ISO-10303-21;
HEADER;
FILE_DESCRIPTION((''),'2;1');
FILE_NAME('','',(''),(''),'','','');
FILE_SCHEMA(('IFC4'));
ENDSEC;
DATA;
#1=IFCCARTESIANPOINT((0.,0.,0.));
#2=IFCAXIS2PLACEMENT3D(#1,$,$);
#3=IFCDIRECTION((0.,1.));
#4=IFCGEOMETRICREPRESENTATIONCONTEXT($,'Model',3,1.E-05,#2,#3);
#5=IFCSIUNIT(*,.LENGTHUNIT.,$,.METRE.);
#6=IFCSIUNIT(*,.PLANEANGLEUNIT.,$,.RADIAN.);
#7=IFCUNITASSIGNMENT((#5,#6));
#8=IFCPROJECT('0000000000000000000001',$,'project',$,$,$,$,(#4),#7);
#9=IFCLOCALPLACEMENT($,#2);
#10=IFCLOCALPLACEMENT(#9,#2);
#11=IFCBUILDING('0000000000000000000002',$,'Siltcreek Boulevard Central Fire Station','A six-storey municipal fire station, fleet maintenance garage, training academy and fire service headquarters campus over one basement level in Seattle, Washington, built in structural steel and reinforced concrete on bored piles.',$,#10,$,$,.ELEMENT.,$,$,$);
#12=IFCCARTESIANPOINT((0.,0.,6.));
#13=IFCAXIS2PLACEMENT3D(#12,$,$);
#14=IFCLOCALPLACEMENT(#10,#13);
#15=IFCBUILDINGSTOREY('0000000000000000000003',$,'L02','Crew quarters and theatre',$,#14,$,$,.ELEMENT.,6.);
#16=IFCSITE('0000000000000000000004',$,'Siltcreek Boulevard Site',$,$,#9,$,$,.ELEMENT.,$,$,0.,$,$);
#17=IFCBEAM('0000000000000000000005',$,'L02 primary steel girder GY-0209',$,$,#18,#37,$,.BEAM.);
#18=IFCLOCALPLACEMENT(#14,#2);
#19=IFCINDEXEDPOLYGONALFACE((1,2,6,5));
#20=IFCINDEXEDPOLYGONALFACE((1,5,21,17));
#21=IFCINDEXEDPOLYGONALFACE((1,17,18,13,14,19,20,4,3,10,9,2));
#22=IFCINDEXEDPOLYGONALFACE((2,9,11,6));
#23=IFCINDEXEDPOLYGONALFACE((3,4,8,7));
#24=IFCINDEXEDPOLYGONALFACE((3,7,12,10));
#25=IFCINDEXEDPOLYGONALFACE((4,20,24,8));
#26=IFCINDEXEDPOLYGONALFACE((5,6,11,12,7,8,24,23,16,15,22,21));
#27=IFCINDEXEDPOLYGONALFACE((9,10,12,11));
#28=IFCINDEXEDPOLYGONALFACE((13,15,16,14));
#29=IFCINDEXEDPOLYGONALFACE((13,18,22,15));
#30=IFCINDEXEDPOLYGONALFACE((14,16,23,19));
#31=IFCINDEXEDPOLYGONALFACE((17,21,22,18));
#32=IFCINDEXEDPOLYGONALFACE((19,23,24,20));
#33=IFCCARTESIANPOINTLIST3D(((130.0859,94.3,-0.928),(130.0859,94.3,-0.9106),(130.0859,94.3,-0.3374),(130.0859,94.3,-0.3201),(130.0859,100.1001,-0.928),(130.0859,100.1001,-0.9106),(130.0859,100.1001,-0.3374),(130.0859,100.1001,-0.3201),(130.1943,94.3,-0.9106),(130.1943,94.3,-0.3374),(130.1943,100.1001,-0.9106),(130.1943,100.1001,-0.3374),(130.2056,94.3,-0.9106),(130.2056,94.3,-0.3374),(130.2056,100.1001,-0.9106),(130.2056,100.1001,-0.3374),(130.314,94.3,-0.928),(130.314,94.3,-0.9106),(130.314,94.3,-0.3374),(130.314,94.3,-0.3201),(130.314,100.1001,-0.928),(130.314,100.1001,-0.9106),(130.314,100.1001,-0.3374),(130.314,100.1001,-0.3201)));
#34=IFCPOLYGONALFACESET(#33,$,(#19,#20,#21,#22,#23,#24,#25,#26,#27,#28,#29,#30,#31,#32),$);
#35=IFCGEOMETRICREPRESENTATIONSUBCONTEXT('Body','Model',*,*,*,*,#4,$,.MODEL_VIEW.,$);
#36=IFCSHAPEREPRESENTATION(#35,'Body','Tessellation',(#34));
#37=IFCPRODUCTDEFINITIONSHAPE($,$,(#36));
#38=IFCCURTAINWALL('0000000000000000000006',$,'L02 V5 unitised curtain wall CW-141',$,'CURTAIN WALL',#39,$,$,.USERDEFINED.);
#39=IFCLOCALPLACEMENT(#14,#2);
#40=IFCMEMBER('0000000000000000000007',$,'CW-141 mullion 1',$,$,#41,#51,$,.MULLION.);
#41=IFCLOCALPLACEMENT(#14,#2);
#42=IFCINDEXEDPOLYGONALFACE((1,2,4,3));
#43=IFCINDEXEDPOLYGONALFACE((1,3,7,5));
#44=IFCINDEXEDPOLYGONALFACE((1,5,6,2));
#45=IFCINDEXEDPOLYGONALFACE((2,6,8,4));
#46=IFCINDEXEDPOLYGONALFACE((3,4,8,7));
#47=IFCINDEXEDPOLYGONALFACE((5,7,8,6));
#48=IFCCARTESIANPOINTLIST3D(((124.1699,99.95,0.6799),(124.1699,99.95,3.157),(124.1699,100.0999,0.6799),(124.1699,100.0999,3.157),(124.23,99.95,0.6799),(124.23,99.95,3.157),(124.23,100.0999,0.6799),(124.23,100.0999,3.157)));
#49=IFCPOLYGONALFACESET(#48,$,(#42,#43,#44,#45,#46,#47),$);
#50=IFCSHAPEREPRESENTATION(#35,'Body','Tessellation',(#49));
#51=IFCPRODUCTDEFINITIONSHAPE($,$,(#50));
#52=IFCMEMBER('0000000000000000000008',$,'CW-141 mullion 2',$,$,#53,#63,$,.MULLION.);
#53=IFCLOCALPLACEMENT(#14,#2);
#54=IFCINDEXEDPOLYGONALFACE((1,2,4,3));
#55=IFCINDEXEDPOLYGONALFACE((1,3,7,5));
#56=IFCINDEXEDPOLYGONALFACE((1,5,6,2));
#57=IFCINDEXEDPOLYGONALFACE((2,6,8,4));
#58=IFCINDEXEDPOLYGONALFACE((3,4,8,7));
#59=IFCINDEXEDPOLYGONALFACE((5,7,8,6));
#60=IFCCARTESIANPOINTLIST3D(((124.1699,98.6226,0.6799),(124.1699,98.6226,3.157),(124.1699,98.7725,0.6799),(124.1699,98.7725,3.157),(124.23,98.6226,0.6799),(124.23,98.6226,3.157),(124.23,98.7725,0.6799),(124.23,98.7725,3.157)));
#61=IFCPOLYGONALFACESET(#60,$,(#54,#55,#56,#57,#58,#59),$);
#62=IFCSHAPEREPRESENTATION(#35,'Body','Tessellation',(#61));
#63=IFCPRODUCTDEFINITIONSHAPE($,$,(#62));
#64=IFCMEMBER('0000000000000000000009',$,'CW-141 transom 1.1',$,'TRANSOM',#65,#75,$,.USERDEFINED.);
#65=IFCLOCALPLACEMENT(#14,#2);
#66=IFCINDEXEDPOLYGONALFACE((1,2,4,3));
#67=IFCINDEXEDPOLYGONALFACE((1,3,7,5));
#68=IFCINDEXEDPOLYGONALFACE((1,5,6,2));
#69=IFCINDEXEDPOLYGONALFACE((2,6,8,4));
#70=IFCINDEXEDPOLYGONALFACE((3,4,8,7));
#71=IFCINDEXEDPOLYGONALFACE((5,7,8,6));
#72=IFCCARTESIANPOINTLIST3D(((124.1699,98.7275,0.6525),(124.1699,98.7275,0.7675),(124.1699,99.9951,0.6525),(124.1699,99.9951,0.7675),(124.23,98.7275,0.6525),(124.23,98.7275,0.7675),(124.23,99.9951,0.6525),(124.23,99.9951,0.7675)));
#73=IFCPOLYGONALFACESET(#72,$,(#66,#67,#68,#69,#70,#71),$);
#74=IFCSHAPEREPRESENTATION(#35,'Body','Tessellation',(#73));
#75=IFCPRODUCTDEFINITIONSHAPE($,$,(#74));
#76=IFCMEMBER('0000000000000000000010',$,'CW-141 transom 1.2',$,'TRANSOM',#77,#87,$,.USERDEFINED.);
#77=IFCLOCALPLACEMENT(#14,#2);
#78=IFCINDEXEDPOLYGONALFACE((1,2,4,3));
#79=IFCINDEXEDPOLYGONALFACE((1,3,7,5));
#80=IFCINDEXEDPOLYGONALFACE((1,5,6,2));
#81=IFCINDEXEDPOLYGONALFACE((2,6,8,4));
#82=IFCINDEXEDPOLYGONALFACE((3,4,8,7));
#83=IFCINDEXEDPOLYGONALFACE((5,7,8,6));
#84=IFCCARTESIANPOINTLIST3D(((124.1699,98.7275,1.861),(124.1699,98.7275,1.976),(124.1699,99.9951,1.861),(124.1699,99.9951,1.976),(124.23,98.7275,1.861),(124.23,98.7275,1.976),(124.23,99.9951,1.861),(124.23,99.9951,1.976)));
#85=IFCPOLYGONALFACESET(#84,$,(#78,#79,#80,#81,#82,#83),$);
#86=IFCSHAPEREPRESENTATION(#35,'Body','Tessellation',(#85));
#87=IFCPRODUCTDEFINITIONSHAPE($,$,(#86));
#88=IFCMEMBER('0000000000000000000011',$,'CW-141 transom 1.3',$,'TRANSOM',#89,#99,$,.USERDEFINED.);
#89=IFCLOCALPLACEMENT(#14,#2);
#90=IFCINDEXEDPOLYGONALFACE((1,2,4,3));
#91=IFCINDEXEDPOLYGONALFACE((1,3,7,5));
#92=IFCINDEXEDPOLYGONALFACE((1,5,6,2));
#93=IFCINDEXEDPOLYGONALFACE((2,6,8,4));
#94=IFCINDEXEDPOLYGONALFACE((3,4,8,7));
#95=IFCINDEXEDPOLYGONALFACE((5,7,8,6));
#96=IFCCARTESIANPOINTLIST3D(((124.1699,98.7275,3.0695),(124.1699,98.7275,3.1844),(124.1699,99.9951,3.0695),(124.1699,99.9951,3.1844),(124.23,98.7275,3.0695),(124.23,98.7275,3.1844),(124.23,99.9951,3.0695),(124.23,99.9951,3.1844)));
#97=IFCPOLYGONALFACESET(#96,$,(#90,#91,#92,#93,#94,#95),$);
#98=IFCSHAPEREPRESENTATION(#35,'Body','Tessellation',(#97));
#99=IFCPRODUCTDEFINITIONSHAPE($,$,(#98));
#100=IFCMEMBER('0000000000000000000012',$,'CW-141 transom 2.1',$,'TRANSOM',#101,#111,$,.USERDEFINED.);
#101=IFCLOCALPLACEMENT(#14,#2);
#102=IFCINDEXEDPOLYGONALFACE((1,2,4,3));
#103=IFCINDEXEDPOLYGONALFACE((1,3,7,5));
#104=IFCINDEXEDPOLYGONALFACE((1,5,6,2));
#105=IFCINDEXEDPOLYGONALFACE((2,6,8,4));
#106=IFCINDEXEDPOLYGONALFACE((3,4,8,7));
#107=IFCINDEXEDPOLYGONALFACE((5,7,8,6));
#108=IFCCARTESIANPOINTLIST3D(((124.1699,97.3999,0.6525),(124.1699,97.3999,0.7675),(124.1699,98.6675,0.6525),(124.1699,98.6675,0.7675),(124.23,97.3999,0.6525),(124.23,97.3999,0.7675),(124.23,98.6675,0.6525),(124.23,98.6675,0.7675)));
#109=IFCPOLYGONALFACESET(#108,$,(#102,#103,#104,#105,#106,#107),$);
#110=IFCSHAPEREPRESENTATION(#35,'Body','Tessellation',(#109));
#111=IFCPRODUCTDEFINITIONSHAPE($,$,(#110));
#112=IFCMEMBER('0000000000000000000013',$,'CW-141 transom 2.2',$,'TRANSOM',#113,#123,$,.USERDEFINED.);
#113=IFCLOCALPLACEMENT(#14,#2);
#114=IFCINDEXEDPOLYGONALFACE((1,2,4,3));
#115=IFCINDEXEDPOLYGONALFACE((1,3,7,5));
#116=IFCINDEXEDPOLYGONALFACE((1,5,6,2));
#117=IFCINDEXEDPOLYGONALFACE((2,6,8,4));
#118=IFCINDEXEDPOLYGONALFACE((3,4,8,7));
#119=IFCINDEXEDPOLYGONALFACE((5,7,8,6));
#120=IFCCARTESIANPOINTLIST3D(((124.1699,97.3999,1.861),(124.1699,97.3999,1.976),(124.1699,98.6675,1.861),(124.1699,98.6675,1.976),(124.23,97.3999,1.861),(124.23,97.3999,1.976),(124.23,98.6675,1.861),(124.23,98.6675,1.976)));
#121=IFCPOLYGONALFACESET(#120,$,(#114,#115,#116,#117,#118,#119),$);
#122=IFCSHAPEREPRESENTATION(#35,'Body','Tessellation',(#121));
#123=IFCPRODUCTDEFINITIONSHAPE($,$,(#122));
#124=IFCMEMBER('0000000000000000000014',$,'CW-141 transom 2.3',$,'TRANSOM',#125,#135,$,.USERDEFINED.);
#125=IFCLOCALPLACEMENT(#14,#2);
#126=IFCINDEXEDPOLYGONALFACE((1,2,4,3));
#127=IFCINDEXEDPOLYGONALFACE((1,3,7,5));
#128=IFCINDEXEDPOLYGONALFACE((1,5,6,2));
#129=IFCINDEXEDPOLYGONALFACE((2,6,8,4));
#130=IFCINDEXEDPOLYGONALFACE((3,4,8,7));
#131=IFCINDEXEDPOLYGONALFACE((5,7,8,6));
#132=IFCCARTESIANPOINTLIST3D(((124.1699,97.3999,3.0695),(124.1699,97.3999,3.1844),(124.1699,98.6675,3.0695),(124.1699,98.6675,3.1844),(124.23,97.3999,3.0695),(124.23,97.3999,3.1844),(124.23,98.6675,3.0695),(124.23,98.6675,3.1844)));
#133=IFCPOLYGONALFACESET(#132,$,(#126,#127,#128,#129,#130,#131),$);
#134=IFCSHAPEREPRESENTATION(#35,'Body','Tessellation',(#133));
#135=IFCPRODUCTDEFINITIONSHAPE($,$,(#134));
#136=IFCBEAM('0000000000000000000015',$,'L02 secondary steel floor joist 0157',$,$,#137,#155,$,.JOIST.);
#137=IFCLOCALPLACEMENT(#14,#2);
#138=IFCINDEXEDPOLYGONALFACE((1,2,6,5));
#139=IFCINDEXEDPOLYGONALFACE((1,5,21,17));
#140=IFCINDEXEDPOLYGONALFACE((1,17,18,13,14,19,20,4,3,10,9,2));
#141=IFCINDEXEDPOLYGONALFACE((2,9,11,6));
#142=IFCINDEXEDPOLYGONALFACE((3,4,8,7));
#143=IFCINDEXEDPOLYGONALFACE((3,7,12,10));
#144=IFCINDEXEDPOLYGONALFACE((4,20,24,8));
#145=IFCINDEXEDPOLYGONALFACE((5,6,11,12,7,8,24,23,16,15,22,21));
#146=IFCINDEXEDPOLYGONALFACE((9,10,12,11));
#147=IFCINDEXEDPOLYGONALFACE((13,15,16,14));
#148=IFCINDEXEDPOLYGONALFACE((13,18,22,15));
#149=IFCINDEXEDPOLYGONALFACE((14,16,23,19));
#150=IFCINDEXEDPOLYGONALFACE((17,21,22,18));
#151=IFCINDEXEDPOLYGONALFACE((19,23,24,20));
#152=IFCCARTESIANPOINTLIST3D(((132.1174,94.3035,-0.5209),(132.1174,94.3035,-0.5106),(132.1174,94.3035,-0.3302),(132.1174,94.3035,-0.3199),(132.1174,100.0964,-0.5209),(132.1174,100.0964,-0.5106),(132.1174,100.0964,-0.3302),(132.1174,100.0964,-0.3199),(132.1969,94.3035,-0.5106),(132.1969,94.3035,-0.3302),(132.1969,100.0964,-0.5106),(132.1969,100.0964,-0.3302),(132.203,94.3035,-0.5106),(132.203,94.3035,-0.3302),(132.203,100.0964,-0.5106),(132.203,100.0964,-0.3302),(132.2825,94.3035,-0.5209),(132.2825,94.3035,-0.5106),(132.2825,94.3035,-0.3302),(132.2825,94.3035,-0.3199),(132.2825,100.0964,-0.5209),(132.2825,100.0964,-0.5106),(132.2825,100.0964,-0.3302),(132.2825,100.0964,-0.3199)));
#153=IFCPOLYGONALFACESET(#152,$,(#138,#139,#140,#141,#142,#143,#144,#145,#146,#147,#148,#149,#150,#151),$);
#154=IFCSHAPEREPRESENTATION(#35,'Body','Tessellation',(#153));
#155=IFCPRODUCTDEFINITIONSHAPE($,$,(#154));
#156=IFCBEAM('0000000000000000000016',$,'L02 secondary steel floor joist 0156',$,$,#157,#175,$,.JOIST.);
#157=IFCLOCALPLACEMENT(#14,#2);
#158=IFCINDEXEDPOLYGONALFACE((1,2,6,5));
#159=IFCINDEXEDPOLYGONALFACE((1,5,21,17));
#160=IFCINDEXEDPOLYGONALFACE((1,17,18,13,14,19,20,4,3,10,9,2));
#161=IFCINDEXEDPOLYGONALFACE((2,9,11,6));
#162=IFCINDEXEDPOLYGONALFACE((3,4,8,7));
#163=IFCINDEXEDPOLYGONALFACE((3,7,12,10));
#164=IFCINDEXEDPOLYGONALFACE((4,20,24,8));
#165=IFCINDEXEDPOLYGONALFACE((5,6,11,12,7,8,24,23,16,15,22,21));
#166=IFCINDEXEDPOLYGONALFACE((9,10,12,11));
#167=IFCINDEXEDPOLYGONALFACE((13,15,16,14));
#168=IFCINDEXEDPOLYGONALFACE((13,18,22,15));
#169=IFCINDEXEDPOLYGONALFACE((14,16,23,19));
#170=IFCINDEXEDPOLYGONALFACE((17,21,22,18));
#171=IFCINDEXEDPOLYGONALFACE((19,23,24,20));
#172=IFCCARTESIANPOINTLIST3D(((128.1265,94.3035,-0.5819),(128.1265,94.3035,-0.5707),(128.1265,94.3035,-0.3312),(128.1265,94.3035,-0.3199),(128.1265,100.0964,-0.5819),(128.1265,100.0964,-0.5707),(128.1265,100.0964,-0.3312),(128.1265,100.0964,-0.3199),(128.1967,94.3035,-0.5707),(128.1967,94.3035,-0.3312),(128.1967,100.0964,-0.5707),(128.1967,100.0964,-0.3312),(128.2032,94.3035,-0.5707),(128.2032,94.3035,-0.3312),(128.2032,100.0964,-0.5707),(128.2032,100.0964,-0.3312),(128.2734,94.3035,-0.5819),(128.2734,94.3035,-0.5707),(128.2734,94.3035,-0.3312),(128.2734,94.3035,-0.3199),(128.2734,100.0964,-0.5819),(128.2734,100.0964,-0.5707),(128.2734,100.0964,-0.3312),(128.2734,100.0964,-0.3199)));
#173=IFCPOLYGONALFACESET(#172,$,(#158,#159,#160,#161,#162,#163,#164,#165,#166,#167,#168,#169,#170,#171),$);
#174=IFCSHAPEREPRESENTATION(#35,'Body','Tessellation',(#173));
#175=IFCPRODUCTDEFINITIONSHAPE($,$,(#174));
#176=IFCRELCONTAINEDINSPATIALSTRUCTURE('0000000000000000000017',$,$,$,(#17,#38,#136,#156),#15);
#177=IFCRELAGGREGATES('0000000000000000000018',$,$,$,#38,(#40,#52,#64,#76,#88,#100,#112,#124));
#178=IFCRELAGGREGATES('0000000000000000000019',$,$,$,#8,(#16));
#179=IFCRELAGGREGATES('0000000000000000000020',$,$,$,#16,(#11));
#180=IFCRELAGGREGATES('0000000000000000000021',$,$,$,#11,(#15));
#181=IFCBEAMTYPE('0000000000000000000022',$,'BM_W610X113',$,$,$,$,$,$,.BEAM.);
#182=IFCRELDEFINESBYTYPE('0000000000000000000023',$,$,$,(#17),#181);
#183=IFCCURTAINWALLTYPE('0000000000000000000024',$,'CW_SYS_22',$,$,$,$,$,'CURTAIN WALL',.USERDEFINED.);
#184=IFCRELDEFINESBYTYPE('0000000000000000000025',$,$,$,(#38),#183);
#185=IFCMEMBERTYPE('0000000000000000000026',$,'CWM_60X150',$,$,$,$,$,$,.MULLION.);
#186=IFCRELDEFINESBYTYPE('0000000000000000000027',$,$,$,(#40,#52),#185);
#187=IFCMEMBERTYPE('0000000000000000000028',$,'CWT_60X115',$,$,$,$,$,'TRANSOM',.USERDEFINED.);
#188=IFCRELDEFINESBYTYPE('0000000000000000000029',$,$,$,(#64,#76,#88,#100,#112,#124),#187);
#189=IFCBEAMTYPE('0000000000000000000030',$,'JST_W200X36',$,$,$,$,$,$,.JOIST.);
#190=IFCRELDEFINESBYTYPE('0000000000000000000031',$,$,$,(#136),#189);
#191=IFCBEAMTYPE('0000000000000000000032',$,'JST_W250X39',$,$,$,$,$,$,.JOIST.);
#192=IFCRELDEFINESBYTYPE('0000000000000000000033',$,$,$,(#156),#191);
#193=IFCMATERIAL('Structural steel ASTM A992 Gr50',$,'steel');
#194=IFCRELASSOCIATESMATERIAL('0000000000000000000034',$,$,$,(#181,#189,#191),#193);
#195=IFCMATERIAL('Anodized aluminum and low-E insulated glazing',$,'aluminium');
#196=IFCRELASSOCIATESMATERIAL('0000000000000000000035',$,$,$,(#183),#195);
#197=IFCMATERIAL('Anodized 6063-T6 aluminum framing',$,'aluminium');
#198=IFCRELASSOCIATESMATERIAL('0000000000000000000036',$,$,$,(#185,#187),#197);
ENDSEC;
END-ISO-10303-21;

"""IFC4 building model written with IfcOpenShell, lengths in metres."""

from ifc_helpers import new_model, si_unit, direction, frame, origin, origin_2d, place, context, subcontext, project, spatial, rectangle, i_section, extrude, material, material_profile, profile_set, type_object, element, aggregate, save


model = new_model("IFC4")

# Units and contexts
model_context = context("Model", 3, precision=1e-05, world=origin(), true_north=direction((0.0, 1.0)))
body_context = subcontext(model_context, "Body", "Model", "MODEL_VIEW")
ifc_project = project(units=[si_unit("LENGTHUNIT", "METRE"), si_unit("PLANEANGLEUNIT", "RADIAN")], contexts=[model_context])

# Site, building, storey
site_placement = place(None, origin())
site = spatial("IfcSite", under=ifc_project, at=site_placement, Name="Siltcreek Boulevard Site", CompositionType="ELEMENT", RefElevation=0.0)
building_placement = place(site_placement, origin())
building = spatial("IfcBuilding", under=site, at=building_placement, Name="Siltcreek Boulevard Central Fire Station", Description="A six-storey municipal fire station, fleet maintenance garage, training academy and fire service headquarters campus over one basement level in Seattle, Washington, built in structural steel and reinforced concrete on bored piles.", CompositionType="ELEMENT")
storey_placement = place(building_placement, frame((0.0, 0.0, 6.0)))
storey = spatial("IfcBuildingStorey", under=building, at=storey_placement, Name="L02", Description="Crew quarters and theatre", CompositionType="ELEMENT", Elevation=6.0)

# Beam
ifc_material_1 = material(Name="Structural steel ASTM A992 Gr50", Category="steel")
ifc_material_profile_1 = material_profile(ifc_material_1, i_section(OverallWidth=0.228, OverallDepth=0.6079, WebThickness=0.0112, FlangeThickness=0.0173, at=origin_2d()), Name="W610X113")
ifc_profile_set_1 = profile_set([ifc_material_profile_1], Name="Structural steel ASTM A992 Gr50")
beam_type_1 = type_object("IfcBeamType", Name="BM_W610X113", PredefinedType="BEAM", material=ifc_profile_set_1)
beam_1_placement = place(storey_placement, frame((130.2, 94.3, -0.624), z_axis=(0.0, 1.0, 0.0), x_axis=(-1.0, 0.0, 0.0)))
element("IfcBeam", 1, at=beam_1_placement, inside=storey, type_object=beam_type_1, Name="L02 primary steel girder GY-0209", PredefinedType="BEAM", context=body_context, shape_type="SweptSolid", body=[
    extrude(i_section(OverallWidth=0.228, OverallDepth=0.6079, WebThickness=0.0112, FlangeThickness=0.0173, at=origin_2d()), origin(), (0.0, 0.0, 1.0), 5.8),
])

# Curtain wall, members
ifc_material_2 = material(Name="Anodized aluminum and low-E insulated glazing", Category="aluminium")
curtain_wall_type = type_object("IfcCurtainWallType", Name="CW_SYS_22", ElementType="CURTAIN WALL", PredefinedType="USERDEFINED", material=ifc_material_2)
curtain_wall_placement = place(storey_placement, origin())
curtain_wall = element("IfcCurtainWall", 2, at=curtain_wall_placement, inside=storey, type_object=curtain_wall_type, Name="L02 V5 unitised curtain wall CW-141", ObjectType="CURTAIN WALL", PredefinedType="USERDEFINED")
ifc_material_3 = material(Name="Anodized 6063-T6 aluminum framing", Category="aluminium")
ifc_material_profile_2 = material_profile(ifc_material_3, rectangle(XDim=0.0601, YDim=0.1499, at=origin_2d()), Name="MULL60X150")
ifc_profile_set_2 = profile_set([ifc_material_profile_2], Name="Anodized 6063-T6 aluminum framing")
member_type_1 = type_object("IfcMemberType", Name="CWM_60X150", PredefinedType="MULLION", material=ifc_profile_set_2)
member_1_placement = place(storey_placement, frame((124.2, 100.0249, 0.6799), z_axis=(0.0, 0.0, 1.0), x_axis=(1.0, 0.0, 0.0)))
member_1 = element("IfcMember", 3, at=member_1_placement, type_object=member_type_1, Name="CW-141 mullion 1", PredefinedType="MULLION", context=body_context, shape_type="SweptSolid", body=[
    extrude(rectangle(XDim=0.0601, YDim=0.1499, at=origin_2d()), origin(), (0.0, 0.0, 1.0), 2.4771),
])
member_2_placement = place(storey_placement, frame((124.2, 98.6975, 0.6799), z_axis=(0.0, 0.0, 1.0), x_axis=(1.0, 0.0, 0.0)))
member_2 = element("IfcMember", 4, at=member_2_placement, type_object=member_type_1, Name="CW-141 mullion 2", PredefinedType="MULLION", context=body_context, shape_type="SweptSolid", body=[
    extrude(rectangle(XDim=0.0601, YDim=0.1499, at=origin_2d()), origin(), (0.0, 0.0, 1.0), 2.4771),
])
ifc_material_profile_3 = material_profile(ifc_material_3, rectangle(XDim=0.0601, YDim=0.115, at=origin_2d()), Name="TRAN60X115")
ifc_profile_set_3 = profile_set([ifc_material_profile_3], Name="Anodized 6063-T6 aluminum framing")
member_type_2 = type_object("IfcMemberType", Name="CWT_60X115", ElementType="TRANSOM", PredefinedType="USERDEFINED", material=ifc_profile_set_3)
member_3_placement = place(storey_placement, frame((124.2, 99.9951, 0.71), z_axis=(0.0, -1.0, 0.0), x_axis=(1.0, 0.0, 0.0)))
member_3 = element("IfcMember", 5, at=member_3_placement, type_object=member_type_2, Name="CW-141 transom 1.1", ObjectType="TRANSOM", PredefinedType="USERDEFINED", context=body_context, shape_type="SweptSolid", body=[
    extrude(rectangle(XDim=0.0601, YDim=0.115, at=origin_2d()), origin(), (0.0, 0.0, 1.0), 1.2676),
])
member_4_placement = place(storey_placement, frame((124.2, 99.9951, 1.9185), z_axis=(0.0, -1.0, 0.0), x_axis=(1.0, 0.0, 0.0)))
member_4 = element("IfcMember", 6, at=member_4_placement, type_object=member_type_2, Name="CW-141 transom 1.2", ObjectType="TRANSOM", PredefinedType="USERDEFINED", context=body_context, shape_type="SweptSolid", body=[
    extrude(rectangle(XDim=0.0601, YDim=0.115, at=origin_2d()), origin(), (0.0, 0.0, 1.0), 1.2676),
])
member_5_placement = place(storey_placement, frame((124.2, 99.9951, 3.127), z_axis=(0.0, -1.0, 0.0), x_axis=(1.0, 0.0, 0.0)))
member_5 = element("IfcMember", 7, at=member_5_placement, type_object=member_type_2, Name="CW-141 transom 1.3", ObjectType="TRANSOM", PredefinedType="USERDEFINED", context=body_context, shape_type="SweptSolid", body=[
    extrude(rectangle(XDim=0.0601, YDim=0.115, at=origin_2d()), origin(), (0.0, 0.0, 1.0), 1.2676),
])
member_6_placement = place(storey_placement, frame((124.2, 98.6675, 0.71), z_axis=(0.0, -1.0, 0.0), x_axis=(1.0, 0.0, 0.0)))
member_6 = element("IfcMember", 8, at=member_6_placement, type_object=member_type_2, Name="CW-141 transom 2.1", ObjectType="TRANSOM", PredefinedType="USERDEFINED", context=body_context, shape_type="SweptSolid", body=[
    extrude(rectangle(XDim=0.0601, YDim=0.115, at=origin_2d()), origin(), (0.0, 0.0, 1.0), 1.2676),
])
member_7_placement = place(storey_placement, frame((124.2, 98.6675, 1.9185), z_axis=(0.0, -1.0, 0.0), x_axis=(1.0, 0.0, 0.0)))
member_7 = element("IfcMember", 9, at=member_7_placement, type_object=member_type_2, Name="CW-141 transom 2.2", ObjectType="TRANSOM", PredefinedType="USERDEFINED", context=body_context, shape_type="SweptSolid", body=[
    extrude(rectangle(XDim=0.0601, YDim=0.115, at=origin_2d()), origin(), (0.0, 0.0, 1.0), 1.2676),
])
member_8_placement = place(storey_placement, frame((124.2, 98.6675, 3.127), z_axis=(0.0, -1.0, 0.0), x_axis=(1.0, 0.0, 0.0)))
member_8 = element("IfcMember", 10, at=member_8_placement, type_object=member_type_2, Name="CW-141 transom 2.3", ObjectType="TRANSOM", PredefinedType="USERDEFINED", context=body_context, shape_type="SweptSolid", body=[
    extrude(rectangle(XDim=0.0601, YDim=0.115, at=origin_2d()), origin(), (0.0, 0.0, 1.0), 1.2676),
])

# Beams
ifc_material_profile_4 = material_profile(ifc_material_1, i_section(OverallWidth=0.165, OverallDepth=0.2009, WebThickness=0.0061, FlangeThickness=0.0103, at=origin_2d()), Name="W200X36")
ifc_profile_set_4 = profile_set([ifc_material_profile_4], Name="Structural steel ASTM A992 Gr50")
beam_type_2 = type_object("IfcBeamType", Name="JST_W200X36", PredefinedType="JOIST", material=ifc_profile_set_4)
beam_2_placement = place(storey_placement, frame((132.2, 94.3035, -0.4204), z_axis=(0.0, 1.0, 0.0), x_axis=(-1.0, 0.0, 0.0)))
element("IfcBeam", 11, at=beam_2_placement, inside=storey, type_object=beam_type_2, Name="L02 secondary steel floor joist 0157", PredefinedType="JOIST", context=body_context, shape_type="SweptSolid", body=[
    extrude(i_section(OverallWidth=0.165, OverallDepth=0.2009, WebThickness=0.0061, FlangeThickness=0.0103, at=origin_2d()), origin(), (0.0, 0.0, 1.0), 5.793),
])
ifc_material_profile_5 = material_profile(ifc_material_1, i_section(OverallWidth=0.147, OverallDepth=0.262, WebThickness=0.0066, FlangeThickness=0.0112, at=origin_2d()), Name="W250X39")
ifc_profile_set_5 = profile_set([ifc_material_profile_5], Name="Structural steel ASTM A992 Gr50")
beam_type_3 = type_object("IfcBeamType", Name="JST_W250X39", PredefinedType="JOIST", material=ifc_profile_set_5)
beam_3_placement = place(storey_placement, frame((128.2, 94.3035, -0.4509), z_axis=(0.0, 1.0, 0.0), x_axis=(-1.0, 0.0, 0.0)))
element("IfcBeam", 12, at=beam_3_placement, inside=storey, type_object=beam_type_3, Name="L02 secondary steel floor joist 0156", PredefinedType="JOIST", context=body_context, shape_type="SweptSolid", body=[
    extrude(i_section(OverallWidth=0.147, OverallDepth=0.262, WebThickness=0.0066, FlangeThickness=0.0112, at=origin_2d()), origin(), (0.0, 0.0, 1.0), 5.793),
])

aggregate(curtain_wall, [member_1, member_2, member_3, member_4, member_5, member_6, member_7, member_8])

save(model, "model.ifc")
